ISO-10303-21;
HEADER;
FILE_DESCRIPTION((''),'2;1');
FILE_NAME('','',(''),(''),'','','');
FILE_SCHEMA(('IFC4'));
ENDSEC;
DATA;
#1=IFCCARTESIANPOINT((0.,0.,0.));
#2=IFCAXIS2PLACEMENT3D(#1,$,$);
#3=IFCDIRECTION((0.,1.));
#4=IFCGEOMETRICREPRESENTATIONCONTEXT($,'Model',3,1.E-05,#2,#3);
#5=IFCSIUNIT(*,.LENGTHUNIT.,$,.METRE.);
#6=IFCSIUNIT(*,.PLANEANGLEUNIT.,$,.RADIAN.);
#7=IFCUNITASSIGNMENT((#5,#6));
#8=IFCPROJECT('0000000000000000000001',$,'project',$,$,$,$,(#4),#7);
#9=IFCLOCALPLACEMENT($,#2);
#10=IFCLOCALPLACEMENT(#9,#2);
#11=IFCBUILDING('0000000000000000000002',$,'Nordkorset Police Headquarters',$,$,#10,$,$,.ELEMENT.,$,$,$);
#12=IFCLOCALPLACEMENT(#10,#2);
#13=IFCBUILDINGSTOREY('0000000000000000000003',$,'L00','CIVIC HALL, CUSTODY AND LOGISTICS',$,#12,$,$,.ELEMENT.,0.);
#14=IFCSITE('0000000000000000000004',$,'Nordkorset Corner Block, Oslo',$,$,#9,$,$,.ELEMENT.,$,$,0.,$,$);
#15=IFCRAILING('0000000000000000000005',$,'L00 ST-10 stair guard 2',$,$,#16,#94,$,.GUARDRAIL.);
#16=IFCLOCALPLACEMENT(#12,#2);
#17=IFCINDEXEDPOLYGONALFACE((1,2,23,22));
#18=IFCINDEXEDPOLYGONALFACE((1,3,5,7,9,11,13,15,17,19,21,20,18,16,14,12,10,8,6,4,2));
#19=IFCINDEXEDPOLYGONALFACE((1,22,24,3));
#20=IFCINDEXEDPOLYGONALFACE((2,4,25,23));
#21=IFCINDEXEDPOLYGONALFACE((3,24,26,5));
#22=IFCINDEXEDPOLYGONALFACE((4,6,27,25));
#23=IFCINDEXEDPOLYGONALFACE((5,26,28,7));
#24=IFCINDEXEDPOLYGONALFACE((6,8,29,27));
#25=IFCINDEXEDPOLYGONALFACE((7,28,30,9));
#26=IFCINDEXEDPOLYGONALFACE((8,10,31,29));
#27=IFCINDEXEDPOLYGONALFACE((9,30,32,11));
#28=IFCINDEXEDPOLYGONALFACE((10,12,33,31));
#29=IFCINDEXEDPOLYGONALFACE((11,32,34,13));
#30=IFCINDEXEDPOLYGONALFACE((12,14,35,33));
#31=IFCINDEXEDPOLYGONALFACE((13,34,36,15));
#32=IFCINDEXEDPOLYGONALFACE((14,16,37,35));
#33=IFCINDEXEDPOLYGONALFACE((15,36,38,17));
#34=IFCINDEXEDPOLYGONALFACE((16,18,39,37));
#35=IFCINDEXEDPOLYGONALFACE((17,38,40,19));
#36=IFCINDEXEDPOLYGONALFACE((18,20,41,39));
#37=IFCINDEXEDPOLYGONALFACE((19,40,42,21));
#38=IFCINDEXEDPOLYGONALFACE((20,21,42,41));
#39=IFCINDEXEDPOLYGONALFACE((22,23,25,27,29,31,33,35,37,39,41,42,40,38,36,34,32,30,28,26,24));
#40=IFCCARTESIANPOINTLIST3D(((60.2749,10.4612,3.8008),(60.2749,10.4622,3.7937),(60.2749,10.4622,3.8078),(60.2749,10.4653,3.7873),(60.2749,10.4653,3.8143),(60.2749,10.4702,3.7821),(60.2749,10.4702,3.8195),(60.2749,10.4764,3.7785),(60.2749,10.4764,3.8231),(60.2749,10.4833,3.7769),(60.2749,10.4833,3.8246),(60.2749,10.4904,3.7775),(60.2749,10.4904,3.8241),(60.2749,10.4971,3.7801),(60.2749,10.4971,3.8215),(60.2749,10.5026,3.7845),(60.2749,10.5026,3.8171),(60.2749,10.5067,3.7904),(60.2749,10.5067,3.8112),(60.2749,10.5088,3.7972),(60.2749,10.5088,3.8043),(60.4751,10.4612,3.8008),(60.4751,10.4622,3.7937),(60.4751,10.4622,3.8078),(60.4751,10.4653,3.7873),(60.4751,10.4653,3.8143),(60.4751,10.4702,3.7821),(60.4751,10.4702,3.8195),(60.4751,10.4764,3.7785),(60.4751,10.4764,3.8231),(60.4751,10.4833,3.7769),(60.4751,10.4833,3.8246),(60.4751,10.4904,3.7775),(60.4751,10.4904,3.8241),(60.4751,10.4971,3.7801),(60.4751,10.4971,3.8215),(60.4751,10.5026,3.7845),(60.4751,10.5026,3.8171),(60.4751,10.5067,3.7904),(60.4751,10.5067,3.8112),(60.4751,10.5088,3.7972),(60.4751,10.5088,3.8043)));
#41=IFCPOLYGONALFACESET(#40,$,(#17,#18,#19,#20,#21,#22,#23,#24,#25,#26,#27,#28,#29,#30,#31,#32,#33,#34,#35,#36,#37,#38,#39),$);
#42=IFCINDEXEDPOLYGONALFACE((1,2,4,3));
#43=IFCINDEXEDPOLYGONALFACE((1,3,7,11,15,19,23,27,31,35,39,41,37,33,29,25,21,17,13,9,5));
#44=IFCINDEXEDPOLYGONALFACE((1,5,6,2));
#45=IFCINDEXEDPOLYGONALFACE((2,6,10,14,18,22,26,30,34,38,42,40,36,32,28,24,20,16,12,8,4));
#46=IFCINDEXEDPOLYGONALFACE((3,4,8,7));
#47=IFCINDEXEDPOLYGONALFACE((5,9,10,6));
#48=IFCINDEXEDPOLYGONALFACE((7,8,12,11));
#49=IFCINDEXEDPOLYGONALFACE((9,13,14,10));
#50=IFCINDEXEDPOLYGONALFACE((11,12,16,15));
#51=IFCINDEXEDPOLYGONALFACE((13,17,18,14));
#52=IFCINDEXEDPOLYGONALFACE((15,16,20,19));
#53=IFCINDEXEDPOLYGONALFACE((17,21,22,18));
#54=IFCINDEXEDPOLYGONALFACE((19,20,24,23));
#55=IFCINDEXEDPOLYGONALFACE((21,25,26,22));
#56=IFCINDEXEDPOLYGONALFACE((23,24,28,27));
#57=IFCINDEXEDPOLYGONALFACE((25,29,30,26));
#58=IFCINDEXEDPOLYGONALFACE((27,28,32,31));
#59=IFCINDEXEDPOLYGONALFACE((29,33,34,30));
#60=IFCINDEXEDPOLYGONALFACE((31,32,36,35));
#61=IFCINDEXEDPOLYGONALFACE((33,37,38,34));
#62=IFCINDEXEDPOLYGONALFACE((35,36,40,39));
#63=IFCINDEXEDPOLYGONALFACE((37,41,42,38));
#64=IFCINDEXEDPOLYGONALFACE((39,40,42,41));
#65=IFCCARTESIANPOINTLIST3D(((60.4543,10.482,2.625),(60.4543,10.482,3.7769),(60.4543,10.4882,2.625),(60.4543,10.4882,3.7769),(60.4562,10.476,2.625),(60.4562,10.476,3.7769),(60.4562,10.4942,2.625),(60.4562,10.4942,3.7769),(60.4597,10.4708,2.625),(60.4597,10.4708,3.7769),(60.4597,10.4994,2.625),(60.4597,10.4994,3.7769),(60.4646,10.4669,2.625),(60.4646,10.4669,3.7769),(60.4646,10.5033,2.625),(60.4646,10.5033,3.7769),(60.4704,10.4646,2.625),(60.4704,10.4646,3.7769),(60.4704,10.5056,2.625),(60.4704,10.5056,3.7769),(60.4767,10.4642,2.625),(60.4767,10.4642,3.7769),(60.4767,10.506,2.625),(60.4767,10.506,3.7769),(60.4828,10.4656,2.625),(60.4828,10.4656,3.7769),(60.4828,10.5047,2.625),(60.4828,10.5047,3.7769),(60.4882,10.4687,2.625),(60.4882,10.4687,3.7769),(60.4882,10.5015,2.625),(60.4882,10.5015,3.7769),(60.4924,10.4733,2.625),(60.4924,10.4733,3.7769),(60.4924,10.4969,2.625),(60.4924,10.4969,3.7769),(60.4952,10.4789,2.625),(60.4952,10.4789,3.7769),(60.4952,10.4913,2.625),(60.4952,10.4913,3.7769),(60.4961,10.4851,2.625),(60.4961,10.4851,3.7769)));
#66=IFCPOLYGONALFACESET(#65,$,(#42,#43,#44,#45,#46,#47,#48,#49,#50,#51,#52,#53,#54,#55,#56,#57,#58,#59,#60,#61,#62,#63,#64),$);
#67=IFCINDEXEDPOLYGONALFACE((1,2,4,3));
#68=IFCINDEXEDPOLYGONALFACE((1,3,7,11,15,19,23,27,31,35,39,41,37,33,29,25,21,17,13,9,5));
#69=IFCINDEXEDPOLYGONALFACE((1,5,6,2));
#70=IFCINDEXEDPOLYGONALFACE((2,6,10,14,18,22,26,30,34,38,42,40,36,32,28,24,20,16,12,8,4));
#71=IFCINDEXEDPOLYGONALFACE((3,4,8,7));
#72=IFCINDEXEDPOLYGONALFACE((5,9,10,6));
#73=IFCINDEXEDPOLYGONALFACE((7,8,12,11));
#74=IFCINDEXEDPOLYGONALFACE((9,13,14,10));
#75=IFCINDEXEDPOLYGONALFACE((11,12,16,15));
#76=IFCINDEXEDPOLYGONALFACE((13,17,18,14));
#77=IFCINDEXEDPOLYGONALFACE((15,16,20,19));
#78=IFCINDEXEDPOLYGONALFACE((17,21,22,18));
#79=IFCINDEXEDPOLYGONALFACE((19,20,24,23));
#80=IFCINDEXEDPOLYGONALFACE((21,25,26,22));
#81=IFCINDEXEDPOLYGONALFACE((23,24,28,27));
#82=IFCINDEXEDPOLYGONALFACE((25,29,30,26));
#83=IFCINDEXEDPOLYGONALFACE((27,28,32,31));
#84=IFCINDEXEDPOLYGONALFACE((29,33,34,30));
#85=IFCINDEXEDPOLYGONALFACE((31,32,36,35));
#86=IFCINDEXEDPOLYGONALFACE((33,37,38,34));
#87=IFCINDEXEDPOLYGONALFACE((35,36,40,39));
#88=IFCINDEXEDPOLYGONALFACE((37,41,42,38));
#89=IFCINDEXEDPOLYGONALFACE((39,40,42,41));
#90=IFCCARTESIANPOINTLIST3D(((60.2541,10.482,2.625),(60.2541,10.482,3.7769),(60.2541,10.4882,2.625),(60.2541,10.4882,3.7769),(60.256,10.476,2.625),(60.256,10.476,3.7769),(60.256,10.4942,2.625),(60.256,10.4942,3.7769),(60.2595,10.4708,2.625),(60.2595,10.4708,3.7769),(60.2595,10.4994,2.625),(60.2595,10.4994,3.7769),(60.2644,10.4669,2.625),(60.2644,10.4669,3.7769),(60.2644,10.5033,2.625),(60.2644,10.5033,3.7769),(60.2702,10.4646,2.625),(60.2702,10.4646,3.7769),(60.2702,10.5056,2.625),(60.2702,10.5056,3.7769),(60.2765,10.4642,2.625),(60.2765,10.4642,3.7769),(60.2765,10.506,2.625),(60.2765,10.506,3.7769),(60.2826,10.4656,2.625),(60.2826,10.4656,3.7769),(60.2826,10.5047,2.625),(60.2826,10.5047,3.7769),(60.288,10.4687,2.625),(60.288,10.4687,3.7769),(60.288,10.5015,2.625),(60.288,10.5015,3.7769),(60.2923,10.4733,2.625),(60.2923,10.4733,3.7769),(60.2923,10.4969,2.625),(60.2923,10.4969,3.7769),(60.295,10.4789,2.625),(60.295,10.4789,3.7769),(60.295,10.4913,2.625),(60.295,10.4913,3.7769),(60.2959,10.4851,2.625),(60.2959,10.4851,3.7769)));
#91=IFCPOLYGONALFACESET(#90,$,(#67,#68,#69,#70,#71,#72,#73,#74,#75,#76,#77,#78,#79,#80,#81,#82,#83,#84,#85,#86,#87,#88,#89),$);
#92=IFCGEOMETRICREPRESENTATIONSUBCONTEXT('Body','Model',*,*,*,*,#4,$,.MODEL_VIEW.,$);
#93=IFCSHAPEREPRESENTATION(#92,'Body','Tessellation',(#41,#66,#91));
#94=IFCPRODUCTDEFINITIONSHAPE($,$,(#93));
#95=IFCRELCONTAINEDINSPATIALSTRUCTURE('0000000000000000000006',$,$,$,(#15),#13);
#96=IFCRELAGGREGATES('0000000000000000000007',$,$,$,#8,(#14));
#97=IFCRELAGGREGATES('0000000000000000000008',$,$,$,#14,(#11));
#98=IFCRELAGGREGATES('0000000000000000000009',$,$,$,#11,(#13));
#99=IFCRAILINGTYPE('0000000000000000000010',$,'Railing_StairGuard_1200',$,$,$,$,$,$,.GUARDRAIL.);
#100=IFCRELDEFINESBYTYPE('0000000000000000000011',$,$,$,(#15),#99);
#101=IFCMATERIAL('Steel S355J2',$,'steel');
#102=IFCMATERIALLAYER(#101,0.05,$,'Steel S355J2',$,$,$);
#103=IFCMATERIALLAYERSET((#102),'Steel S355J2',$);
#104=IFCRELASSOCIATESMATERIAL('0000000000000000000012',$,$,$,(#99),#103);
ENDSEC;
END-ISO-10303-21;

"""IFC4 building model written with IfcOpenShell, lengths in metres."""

from ifc_helpers import new_model, si_unit, direction, frame, origin, origin_2d, place, context, subcontext, project, spatial, circle, extrude, material, layer, layer_set, type_object, element, save


model = new_model("IFC4")

# Units and contexts
model_context = context("Model", 3, precision=1e-05, world=origin(), true_north=direction((0.0, 1.0)))
body_context = subcontext(model_context, "Body", "Model", "MODEL_VIEW")
ifc_project = project(units=[si_unit("LENGTHUNIT", "METRE"), si_unit("PLANEANGLEUNIT", "RADIAN")], contexts=[model_context])

# Site, building, storey
site_placement = place(None, origin())
site = spatial("IfcSite", under=ifc_project, at=site_placement, Name="Nordkorset Corner Block, Oslo", CompositionType="ELEMENT", RefElevation=0.0)
building_placement = place(site_placement, origin())
building = spatial("IfcBuilding", under=site, at=building_placement, Name="Nordkorset Police Headquarters", CompositionType="ELEMENT")
storey_placement = place(building_placement, origin())
storey = spatial("IfcBuildingStorey", under=building, at=storey_placement, Name="L00", Description="CIVIC HALL, CUSTODY AND LOGISTICS", CompositionType="ELEMENT", Elevation=0.0)

# Railing
ifc_material_1 = material(Name="Steel S355J2", Category="steel")
ifc_layer_1 = layer(ifc_material_1, 0.05, Name="Steel S355J2")
ifc_layer_set_1 = layer_set([ifc_layer_1], Name="Steel S355J2")
railing_type_1 = type_object("IfcRailingType", Name="Railing_StairGuard_1200", PredefinedType="GUARDRAIL", material=ifc_layer_set_1)
railing_1_placement = place(storey_placement, frame((60.4751, 10.4851, 2.625)))
element("IfcRailing", 1, at=railing_1_placement, inside=storey, type_object=railing_type_1, Name="L00 ST-10 stair guard 2", PredefinedType="GUARDRAIL", context=body_context, shape_type="SweptSolid", body=[
    extrude(circle(Radius=0.0239, at=origin_2d()), frame((0.0, 0.0, 1.1758), z_axis=(-1.0, 0.0, 0.0), x_axis=(0.0, -1.0, 0.0)), (0.0, 0.0, 1.0), 0.2002),
    extrude(circle(Radius=0.021, at=origin_2d()), origin(), (0.0, 0.0, 1.0), 1.1519),
    extrude(circle(Radius=0.021, at=origin_2d()), frame((-0.2002, 0.0, 0.0)), (0.0, 0.0, 1.0), 1.1519),
])

save(model, "model.ifc")
